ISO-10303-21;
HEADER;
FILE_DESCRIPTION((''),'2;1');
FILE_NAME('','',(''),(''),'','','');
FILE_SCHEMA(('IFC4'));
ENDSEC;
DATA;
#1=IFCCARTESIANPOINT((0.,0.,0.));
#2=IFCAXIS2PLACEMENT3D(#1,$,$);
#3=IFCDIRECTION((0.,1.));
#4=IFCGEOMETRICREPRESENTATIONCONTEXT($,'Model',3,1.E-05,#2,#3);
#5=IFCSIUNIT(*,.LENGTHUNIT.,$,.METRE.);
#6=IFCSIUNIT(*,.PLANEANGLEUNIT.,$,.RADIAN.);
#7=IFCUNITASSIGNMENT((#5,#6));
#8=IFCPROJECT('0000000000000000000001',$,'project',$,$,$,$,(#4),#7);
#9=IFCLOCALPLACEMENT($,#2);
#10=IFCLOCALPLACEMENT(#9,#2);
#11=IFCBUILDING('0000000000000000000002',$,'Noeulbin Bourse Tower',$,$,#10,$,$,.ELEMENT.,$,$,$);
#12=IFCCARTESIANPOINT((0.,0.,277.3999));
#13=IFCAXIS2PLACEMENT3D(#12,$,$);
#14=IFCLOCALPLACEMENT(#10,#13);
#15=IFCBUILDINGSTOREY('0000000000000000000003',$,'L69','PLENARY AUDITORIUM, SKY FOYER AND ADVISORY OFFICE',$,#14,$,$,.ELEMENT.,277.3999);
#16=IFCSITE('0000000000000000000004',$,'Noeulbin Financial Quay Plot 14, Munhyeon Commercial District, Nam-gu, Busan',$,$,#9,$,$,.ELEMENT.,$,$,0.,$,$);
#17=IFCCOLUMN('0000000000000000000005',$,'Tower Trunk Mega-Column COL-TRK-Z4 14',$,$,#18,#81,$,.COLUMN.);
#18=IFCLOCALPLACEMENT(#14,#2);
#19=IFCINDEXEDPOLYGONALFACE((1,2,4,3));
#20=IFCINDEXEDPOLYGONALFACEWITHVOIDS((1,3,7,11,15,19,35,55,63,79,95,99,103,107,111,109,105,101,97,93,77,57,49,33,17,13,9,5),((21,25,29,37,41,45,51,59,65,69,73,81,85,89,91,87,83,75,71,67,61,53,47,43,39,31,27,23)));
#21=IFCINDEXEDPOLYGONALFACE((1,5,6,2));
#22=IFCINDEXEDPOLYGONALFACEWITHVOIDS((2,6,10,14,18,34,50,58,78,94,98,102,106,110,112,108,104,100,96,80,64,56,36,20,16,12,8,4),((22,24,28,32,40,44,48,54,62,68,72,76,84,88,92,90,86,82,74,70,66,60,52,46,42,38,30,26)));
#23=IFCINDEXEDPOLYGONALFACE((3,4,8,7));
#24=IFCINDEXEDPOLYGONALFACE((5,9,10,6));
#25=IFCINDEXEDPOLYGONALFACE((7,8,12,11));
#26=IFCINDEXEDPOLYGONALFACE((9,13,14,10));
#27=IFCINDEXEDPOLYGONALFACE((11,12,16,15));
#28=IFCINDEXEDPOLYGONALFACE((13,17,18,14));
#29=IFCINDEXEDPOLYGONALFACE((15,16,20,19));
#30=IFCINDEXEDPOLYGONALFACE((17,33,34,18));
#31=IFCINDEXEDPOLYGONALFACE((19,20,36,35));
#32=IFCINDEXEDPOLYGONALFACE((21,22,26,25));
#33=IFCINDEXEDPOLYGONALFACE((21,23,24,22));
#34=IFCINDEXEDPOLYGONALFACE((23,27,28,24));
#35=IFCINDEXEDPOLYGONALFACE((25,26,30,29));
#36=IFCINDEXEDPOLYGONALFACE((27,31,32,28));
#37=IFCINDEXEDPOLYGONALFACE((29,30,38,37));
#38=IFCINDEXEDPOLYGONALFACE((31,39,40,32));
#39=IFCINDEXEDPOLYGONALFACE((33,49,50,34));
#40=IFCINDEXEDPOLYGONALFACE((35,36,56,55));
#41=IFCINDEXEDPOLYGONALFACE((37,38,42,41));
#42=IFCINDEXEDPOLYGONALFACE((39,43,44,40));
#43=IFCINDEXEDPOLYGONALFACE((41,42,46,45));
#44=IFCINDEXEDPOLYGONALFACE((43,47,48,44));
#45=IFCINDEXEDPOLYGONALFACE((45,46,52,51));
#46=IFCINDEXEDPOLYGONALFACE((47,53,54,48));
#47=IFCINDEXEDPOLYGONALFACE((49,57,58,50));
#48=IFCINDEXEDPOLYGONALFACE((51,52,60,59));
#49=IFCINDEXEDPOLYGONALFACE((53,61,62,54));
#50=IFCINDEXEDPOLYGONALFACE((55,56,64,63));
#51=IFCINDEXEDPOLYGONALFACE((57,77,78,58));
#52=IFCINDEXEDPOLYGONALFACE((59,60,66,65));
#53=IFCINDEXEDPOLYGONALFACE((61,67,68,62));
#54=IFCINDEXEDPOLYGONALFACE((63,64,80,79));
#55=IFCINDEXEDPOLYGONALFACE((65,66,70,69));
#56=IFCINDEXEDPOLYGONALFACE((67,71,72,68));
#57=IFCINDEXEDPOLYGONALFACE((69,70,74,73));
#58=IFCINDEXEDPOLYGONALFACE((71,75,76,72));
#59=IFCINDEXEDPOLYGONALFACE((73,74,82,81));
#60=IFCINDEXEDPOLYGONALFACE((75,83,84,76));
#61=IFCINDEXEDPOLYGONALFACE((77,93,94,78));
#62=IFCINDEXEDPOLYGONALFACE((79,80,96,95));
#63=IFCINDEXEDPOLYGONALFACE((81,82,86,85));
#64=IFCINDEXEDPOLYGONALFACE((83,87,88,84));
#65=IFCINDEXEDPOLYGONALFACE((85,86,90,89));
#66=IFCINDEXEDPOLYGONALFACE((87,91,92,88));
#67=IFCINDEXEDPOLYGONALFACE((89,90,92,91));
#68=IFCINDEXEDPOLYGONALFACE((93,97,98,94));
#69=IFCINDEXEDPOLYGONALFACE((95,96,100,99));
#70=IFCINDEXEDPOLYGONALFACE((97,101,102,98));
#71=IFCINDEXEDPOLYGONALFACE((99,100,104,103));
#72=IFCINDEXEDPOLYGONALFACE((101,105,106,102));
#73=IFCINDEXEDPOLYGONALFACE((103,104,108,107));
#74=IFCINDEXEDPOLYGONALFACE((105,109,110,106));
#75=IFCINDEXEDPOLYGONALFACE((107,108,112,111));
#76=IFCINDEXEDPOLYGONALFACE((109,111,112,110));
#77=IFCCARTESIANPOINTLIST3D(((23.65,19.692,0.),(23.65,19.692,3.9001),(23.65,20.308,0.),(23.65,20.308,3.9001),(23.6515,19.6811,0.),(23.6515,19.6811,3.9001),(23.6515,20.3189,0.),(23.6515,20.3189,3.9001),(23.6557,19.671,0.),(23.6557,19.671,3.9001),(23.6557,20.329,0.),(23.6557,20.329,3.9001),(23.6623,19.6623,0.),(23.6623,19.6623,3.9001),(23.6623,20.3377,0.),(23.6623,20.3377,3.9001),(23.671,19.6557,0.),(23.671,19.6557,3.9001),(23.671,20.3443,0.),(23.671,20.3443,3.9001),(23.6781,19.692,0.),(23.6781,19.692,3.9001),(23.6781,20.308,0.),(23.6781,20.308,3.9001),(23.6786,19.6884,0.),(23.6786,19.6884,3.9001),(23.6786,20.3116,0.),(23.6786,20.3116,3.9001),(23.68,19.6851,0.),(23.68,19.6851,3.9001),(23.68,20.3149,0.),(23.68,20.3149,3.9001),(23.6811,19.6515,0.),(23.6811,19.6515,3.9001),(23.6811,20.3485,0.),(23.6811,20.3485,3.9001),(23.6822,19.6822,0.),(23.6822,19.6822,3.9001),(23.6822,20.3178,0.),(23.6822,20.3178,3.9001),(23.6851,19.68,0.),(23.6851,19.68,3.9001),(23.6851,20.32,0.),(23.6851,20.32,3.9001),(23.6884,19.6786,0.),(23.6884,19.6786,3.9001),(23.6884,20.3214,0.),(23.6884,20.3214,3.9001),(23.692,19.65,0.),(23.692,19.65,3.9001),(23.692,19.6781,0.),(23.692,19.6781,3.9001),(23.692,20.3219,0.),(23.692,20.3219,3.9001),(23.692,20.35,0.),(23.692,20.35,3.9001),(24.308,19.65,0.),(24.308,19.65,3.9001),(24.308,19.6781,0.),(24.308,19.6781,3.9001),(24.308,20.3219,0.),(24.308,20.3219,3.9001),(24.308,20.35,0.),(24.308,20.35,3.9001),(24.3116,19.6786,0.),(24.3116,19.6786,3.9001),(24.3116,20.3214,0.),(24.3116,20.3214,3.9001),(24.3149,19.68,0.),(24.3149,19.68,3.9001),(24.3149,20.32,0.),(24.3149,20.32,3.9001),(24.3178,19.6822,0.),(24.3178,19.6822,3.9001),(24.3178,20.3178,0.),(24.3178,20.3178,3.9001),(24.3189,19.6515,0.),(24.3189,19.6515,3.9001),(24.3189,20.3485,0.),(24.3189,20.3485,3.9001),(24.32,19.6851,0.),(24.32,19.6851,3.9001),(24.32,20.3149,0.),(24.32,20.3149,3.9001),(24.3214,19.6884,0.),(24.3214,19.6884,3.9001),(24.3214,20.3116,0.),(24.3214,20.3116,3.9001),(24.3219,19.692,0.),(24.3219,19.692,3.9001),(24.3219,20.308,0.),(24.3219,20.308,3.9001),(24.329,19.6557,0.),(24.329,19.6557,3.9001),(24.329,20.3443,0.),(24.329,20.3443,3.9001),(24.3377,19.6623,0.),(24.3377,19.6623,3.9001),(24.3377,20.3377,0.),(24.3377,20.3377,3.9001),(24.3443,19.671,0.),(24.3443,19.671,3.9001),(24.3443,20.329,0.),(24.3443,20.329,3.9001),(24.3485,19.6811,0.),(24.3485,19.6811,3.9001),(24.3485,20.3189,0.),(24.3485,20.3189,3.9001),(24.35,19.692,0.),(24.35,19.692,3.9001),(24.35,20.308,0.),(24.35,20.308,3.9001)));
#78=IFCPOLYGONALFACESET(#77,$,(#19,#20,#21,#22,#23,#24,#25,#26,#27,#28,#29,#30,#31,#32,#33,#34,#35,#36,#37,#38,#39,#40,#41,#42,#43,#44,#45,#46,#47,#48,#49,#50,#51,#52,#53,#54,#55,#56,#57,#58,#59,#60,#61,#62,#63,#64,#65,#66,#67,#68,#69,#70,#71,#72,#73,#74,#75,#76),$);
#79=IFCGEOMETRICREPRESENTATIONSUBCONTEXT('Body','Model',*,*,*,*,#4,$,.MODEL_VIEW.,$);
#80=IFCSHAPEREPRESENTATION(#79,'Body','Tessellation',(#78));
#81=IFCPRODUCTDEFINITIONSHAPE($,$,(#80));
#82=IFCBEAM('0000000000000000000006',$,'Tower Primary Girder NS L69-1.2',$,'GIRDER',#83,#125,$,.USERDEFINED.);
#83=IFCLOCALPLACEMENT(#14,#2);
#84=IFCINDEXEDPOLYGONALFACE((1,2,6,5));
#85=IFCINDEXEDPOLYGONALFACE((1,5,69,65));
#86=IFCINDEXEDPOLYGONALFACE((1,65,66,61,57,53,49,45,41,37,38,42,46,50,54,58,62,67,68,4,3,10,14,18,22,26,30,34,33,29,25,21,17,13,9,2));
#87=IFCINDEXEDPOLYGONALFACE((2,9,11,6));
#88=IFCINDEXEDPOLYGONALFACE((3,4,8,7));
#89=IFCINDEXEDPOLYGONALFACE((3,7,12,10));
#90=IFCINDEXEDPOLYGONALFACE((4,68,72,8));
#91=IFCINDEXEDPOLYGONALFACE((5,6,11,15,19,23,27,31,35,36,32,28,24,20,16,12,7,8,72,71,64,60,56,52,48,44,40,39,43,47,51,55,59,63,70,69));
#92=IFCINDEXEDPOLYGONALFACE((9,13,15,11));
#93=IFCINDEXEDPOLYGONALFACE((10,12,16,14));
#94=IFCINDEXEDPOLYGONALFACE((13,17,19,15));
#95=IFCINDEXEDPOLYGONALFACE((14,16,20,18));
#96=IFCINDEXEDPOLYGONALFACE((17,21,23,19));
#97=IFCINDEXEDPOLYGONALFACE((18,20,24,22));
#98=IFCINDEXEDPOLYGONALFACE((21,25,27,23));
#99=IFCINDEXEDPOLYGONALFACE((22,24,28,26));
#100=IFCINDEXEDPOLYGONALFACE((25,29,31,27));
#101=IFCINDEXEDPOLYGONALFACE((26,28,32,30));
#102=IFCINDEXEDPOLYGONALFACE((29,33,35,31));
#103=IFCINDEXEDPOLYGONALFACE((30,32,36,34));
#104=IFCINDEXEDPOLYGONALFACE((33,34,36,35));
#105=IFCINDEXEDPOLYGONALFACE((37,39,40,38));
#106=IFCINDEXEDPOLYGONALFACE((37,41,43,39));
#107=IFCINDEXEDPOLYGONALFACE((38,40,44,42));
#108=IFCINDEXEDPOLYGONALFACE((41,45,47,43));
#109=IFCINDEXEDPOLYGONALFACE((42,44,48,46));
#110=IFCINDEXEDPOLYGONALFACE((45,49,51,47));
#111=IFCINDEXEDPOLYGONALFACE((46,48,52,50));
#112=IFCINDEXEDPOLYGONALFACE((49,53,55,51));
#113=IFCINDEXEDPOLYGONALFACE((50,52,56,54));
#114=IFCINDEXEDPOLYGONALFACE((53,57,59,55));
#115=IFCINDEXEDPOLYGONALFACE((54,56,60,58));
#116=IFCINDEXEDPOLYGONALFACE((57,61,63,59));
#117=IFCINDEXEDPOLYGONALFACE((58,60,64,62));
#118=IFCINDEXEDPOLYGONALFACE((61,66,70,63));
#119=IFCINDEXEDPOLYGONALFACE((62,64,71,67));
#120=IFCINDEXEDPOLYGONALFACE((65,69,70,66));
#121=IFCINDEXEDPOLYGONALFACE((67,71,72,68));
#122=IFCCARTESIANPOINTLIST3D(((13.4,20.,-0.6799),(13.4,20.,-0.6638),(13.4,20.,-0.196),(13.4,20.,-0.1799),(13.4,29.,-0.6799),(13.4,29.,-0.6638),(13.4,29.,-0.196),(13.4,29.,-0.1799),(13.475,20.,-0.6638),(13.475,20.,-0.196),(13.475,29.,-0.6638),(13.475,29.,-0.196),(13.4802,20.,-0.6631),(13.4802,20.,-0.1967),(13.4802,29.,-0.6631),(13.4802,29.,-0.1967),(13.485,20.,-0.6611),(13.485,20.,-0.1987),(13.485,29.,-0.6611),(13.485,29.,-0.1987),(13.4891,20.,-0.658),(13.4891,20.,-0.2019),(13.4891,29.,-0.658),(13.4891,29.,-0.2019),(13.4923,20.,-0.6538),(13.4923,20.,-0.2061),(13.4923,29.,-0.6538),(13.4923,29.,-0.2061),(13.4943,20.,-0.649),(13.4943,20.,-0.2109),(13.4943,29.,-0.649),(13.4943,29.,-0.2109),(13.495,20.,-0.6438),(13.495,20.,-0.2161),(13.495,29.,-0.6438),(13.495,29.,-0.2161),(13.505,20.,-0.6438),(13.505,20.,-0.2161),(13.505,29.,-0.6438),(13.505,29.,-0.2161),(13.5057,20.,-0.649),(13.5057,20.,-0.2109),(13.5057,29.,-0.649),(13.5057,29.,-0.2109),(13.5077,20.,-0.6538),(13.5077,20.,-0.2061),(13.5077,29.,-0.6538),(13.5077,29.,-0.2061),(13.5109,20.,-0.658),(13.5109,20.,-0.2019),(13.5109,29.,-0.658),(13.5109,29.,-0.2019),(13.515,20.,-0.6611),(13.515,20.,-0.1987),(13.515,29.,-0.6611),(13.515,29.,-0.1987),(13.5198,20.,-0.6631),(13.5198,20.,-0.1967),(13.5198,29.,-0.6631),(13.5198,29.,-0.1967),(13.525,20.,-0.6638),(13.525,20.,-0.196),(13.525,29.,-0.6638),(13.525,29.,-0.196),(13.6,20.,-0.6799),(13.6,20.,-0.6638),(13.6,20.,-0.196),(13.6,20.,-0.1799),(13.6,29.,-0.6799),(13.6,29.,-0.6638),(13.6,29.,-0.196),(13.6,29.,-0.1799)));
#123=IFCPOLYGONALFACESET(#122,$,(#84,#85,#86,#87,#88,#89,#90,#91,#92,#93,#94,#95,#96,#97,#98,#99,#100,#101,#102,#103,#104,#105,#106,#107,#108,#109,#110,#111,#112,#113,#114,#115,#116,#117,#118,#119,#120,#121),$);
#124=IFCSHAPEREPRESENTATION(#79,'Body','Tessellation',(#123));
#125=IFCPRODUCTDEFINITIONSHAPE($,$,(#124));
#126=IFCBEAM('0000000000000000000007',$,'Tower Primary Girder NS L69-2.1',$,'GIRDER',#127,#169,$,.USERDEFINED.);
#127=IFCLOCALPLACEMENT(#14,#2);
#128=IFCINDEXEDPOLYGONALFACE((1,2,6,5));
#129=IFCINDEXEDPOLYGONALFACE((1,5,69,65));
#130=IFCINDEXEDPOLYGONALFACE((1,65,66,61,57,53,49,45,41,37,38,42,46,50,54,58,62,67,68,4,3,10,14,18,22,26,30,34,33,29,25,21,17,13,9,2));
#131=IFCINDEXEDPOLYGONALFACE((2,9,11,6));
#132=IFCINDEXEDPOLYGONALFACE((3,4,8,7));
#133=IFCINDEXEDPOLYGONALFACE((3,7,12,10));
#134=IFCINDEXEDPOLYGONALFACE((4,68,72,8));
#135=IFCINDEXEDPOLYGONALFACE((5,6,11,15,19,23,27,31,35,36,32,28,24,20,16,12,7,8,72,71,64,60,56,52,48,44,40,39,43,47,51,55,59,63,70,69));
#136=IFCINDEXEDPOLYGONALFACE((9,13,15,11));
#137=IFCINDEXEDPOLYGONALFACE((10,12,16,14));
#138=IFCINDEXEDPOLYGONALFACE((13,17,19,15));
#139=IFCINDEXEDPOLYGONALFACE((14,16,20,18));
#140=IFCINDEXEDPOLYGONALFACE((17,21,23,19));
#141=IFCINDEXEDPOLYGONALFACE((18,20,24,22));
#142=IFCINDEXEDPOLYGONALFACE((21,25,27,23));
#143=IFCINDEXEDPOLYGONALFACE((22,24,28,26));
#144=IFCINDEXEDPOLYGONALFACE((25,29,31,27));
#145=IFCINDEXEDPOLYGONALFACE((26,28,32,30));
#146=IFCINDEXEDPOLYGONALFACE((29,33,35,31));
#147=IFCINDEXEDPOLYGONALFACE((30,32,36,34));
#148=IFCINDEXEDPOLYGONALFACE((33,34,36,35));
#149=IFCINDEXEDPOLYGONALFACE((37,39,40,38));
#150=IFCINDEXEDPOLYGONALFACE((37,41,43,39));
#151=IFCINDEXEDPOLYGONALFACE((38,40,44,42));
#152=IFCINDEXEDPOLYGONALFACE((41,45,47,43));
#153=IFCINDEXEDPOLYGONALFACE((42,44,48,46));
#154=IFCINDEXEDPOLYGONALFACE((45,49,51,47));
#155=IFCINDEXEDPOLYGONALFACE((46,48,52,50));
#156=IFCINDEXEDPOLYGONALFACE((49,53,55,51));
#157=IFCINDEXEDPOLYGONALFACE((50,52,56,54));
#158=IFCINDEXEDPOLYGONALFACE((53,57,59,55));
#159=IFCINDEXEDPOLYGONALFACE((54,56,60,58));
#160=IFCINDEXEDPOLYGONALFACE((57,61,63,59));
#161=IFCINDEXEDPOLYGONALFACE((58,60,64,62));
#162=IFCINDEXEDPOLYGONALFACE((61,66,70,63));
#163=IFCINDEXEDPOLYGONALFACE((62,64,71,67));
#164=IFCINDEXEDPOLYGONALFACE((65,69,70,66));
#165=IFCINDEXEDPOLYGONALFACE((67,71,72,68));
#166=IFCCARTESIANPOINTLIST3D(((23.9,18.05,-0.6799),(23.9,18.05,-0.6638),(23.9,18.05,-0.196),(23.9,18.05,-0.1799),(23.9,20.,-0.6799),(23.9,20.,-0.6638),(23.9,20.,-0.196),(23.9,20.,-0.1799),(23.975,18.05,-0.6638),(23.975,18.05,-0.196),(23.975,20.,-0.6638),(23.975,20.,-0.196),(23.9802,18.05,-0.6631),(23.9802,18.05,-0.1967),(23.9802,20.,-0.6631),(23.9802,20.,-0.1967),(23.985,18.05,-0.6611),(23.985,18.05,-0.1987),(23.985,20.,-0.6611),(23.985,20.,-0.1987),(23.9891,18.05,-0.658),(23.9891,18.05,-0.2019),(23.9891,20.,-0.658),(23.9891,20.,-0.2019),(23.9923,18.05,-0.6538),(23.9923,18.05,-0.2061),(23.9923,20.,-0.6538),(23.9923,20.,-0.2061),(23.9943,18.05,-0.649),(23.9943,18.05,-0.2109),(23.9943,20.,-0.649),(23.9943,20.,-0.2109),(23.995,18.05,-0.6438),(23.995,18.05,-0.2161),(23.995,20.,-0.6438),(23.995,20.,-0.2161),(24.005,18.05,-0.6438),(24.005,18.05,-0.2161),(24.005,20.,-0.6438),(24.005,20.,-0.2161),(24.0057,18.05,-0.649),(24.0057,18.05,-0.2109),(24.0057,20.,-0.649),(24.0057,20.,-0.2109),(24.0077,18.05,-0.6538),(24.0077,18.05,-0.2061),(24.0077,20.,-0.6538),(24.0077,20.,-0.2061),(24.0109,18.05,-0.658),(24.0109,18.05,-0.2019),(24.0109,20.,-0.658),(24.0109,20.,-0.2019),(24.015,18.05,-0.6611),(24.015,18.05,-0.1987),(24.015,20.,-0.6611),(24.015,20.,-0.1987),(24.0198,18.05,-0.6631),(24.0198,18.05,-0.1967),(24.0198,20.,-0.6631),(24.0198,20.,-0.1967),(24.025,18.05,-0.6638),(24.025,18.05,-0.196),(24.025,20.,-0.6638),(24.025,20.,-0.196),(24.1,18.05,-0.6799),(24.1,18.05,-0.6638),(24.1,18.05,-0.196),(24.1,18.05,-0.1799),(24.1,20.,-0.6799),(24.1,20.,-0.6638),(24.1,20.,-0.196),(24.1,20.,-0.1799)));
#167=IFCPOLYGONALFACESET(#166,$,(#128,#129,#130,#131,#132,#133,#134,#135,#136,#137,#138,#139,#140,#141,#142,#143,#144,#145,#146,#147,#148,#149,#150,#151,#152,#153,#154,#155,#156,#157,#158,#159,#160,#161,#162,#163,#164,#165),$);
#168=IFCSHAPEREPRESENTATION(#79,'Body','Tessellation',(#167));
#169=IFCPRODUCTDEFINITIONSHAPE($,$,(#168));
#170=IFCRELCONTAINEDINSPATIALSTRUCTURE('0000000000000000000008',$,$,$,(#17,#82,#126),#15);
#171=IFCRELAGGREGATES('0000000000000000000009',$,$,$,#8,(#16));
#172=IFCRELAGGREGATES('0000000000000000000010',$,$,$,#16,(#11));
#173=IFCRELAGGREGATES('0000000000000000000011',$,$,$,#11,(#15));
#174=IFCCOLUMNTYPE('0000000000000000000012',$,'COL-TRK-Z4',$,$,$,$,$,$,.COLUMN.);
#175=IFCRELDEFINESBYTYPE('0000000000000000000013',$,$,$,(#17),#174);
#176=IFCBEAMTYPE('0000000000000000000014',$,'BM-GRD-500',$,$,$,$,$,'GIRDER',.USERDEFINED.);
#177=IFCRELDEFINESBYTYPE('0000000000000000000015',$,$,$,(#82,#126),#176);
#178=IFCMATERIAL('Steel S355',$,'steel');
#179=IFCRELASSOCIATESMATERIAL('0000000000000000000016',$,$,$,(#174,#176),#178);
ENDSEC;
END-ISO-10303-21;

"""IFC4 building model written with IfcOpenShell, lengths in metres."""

from ifc_helpers import new_model, si_unit, direction, frame, origin, origin_2d, place, context, subcontext, project, spatial, hollow_rectangle, i_section, extrude, material, material_profile, profile_set, type_object, element, save


model = new_model("IFC4")

# Units and contexts
model_context = context("Model", 3, precision=1e-05, world=origin(), true_north=direction((0.0, 1.0)))
body_context = subcontext(model_context, "Body", "Model", "MODEL_VIEW")
ifc_project = project(units=[si_unit("LENGTHUNIT", "METRE"), si_unit("PLANEANGLEUNIT", "RADIAN")], contexts=[model_context])

# Site, building, storey
site_placement = place(None, origin())
site = spatial("IfcSite", under=ifc_project, at=site_placement, Name="Noeulbin Financial Quay Plot 14, Munhyeon Commercial District, Nam-gu, Busan", CompositionType="ELEMENT", RefElevation=0.0)
building_placement = place(site_placement, origin())
building = spatial("IfcBuilding", under=site, at=building_placement, Name="Noeulbin Bourse Tower", CompositionType="ELEMENT")
storey_placement = place(building_placement, frame((0.0, 0.0, 277.3999)))
storey = spatial("IfcBuildingStorey", under=building, at=storey_placement, Name="L69", Description="PLENARY AUDITORIUM, SKY FOYER AND ADVISORY OFFICE", CompositionType="ELEMENT", Elevation=277.3999)

# Column
ifc_material_1 = material(Name="Steel S355", Category="steel")
ifc_material_profile_1 = material_profile(ifc_material_1, hollow_rectangle(XDim=0.7, YDim=0.7, WallThickness=0.0281, InnerFilletRadius=0.0139, OuterFilletRadius=0.042, at=origin_2d()), Name="BOX-700x700x28", Category="LoadBearing")
ifc_profile_set_1 = profile_set([ifc_material_profile_1], Name="Steel S355")
column_type = type_object("IfcColumnType", Name="COL-TRK-Z4", PredefinedType="COLUMN", material=ifc_profile_set_1)
column_placement = place(storey_placement, frame((24.0, 20.0, 0.0), z_axis=(0.0, 0.0, 1.0), x_axis=(1.0, 0.0, 0.0)))
element("IfcColumn", 1, at=column_placement, inside=storey, type_object=column_type, Name="Tower Trunk Mega-Column COL-TRK-Z4 14", PredefinedType="COLUMN", context=body_context, shape_type="SweptSolid", body=[
    extrude(hollow_rectangle(XDim=0.7, YDim=0.7, WallThickness=0.0281, InnerFilletRadius=0.0139, OuterFilletRadius=0.042, at=origin_2d()), origin(), (0.0, 0.0, 1.0), 3.9001),
])

# Beams
ifc_material_profile_2 = material_profile(ifc_material_1, i_section(OverallWidth=0.2, OverallDepth=0.5, WebThickness=0.01, FlangeThickness=0.0161, FilletRadius=0.02, at=origin_2d()), Name="H-500x200x10x16", Category="LoadBearing")
ifc_profile_set_2 = profile_set([ifc_material_profile_2], Name="Steel S355")
beam_type_1 = type_object("IfcBeamType", Name="BM-GRD-500", ElementType="GIRDER", PredefinedType="USERDEFINED", material=ifc_profile_set_2)
beam_1_placement = place(storey_placement, frame((13.5, 20.0, -0.4299), z_axis=(0.0, 1.0, 0.0), x_axis=(-1.0, 0.0, 0.0)))
element("IfcBeam", 2, at=beam_1_placement, inside=storey, type_object=beam_type_1, Name="Tower Primary Girder NS L69-1.2", ObjectType="GIRDER", PredefinedType="USERDEFINED", context=body_context, shape_type="SweptSolid", body=[
    extrude(i_section(OverallWidth=0.2, OverallDepth=0.5, WebThickness=0.01, FlangeThickness=0.0161, FilletRadius=0.02, at=origin_2d()), origin(), (0.0, 0.0, 1.0), 9.0),
])
beam_2_placement = place(storey_placement, frame((24.0, 18.05, -0.4299), z_axis=(0.0, 1.0, 0.0), x_axis=(-1.0, 0.0, 0.0)))
element("IfcBeam", 3, at=beam_2_placement, inside=storey, type_object=beam_type_1, Name="Tower Primary Girder NS L69-2.1", ObjectType="GIRDER", PredefinedType="USERDEFINED", context=body_context, shape_type="SweptSolid", body=[
    extrude(i_section(OverallWidth=0.2, OverallDepth=0.5, WebThickness=0.01, FlangeThickness=0.0161, FilletRadius=0.02, at=origin_2d()), origin(), (0.0, 0.0, 1.0), 1.95),
])

save(model, "model.ifc")
